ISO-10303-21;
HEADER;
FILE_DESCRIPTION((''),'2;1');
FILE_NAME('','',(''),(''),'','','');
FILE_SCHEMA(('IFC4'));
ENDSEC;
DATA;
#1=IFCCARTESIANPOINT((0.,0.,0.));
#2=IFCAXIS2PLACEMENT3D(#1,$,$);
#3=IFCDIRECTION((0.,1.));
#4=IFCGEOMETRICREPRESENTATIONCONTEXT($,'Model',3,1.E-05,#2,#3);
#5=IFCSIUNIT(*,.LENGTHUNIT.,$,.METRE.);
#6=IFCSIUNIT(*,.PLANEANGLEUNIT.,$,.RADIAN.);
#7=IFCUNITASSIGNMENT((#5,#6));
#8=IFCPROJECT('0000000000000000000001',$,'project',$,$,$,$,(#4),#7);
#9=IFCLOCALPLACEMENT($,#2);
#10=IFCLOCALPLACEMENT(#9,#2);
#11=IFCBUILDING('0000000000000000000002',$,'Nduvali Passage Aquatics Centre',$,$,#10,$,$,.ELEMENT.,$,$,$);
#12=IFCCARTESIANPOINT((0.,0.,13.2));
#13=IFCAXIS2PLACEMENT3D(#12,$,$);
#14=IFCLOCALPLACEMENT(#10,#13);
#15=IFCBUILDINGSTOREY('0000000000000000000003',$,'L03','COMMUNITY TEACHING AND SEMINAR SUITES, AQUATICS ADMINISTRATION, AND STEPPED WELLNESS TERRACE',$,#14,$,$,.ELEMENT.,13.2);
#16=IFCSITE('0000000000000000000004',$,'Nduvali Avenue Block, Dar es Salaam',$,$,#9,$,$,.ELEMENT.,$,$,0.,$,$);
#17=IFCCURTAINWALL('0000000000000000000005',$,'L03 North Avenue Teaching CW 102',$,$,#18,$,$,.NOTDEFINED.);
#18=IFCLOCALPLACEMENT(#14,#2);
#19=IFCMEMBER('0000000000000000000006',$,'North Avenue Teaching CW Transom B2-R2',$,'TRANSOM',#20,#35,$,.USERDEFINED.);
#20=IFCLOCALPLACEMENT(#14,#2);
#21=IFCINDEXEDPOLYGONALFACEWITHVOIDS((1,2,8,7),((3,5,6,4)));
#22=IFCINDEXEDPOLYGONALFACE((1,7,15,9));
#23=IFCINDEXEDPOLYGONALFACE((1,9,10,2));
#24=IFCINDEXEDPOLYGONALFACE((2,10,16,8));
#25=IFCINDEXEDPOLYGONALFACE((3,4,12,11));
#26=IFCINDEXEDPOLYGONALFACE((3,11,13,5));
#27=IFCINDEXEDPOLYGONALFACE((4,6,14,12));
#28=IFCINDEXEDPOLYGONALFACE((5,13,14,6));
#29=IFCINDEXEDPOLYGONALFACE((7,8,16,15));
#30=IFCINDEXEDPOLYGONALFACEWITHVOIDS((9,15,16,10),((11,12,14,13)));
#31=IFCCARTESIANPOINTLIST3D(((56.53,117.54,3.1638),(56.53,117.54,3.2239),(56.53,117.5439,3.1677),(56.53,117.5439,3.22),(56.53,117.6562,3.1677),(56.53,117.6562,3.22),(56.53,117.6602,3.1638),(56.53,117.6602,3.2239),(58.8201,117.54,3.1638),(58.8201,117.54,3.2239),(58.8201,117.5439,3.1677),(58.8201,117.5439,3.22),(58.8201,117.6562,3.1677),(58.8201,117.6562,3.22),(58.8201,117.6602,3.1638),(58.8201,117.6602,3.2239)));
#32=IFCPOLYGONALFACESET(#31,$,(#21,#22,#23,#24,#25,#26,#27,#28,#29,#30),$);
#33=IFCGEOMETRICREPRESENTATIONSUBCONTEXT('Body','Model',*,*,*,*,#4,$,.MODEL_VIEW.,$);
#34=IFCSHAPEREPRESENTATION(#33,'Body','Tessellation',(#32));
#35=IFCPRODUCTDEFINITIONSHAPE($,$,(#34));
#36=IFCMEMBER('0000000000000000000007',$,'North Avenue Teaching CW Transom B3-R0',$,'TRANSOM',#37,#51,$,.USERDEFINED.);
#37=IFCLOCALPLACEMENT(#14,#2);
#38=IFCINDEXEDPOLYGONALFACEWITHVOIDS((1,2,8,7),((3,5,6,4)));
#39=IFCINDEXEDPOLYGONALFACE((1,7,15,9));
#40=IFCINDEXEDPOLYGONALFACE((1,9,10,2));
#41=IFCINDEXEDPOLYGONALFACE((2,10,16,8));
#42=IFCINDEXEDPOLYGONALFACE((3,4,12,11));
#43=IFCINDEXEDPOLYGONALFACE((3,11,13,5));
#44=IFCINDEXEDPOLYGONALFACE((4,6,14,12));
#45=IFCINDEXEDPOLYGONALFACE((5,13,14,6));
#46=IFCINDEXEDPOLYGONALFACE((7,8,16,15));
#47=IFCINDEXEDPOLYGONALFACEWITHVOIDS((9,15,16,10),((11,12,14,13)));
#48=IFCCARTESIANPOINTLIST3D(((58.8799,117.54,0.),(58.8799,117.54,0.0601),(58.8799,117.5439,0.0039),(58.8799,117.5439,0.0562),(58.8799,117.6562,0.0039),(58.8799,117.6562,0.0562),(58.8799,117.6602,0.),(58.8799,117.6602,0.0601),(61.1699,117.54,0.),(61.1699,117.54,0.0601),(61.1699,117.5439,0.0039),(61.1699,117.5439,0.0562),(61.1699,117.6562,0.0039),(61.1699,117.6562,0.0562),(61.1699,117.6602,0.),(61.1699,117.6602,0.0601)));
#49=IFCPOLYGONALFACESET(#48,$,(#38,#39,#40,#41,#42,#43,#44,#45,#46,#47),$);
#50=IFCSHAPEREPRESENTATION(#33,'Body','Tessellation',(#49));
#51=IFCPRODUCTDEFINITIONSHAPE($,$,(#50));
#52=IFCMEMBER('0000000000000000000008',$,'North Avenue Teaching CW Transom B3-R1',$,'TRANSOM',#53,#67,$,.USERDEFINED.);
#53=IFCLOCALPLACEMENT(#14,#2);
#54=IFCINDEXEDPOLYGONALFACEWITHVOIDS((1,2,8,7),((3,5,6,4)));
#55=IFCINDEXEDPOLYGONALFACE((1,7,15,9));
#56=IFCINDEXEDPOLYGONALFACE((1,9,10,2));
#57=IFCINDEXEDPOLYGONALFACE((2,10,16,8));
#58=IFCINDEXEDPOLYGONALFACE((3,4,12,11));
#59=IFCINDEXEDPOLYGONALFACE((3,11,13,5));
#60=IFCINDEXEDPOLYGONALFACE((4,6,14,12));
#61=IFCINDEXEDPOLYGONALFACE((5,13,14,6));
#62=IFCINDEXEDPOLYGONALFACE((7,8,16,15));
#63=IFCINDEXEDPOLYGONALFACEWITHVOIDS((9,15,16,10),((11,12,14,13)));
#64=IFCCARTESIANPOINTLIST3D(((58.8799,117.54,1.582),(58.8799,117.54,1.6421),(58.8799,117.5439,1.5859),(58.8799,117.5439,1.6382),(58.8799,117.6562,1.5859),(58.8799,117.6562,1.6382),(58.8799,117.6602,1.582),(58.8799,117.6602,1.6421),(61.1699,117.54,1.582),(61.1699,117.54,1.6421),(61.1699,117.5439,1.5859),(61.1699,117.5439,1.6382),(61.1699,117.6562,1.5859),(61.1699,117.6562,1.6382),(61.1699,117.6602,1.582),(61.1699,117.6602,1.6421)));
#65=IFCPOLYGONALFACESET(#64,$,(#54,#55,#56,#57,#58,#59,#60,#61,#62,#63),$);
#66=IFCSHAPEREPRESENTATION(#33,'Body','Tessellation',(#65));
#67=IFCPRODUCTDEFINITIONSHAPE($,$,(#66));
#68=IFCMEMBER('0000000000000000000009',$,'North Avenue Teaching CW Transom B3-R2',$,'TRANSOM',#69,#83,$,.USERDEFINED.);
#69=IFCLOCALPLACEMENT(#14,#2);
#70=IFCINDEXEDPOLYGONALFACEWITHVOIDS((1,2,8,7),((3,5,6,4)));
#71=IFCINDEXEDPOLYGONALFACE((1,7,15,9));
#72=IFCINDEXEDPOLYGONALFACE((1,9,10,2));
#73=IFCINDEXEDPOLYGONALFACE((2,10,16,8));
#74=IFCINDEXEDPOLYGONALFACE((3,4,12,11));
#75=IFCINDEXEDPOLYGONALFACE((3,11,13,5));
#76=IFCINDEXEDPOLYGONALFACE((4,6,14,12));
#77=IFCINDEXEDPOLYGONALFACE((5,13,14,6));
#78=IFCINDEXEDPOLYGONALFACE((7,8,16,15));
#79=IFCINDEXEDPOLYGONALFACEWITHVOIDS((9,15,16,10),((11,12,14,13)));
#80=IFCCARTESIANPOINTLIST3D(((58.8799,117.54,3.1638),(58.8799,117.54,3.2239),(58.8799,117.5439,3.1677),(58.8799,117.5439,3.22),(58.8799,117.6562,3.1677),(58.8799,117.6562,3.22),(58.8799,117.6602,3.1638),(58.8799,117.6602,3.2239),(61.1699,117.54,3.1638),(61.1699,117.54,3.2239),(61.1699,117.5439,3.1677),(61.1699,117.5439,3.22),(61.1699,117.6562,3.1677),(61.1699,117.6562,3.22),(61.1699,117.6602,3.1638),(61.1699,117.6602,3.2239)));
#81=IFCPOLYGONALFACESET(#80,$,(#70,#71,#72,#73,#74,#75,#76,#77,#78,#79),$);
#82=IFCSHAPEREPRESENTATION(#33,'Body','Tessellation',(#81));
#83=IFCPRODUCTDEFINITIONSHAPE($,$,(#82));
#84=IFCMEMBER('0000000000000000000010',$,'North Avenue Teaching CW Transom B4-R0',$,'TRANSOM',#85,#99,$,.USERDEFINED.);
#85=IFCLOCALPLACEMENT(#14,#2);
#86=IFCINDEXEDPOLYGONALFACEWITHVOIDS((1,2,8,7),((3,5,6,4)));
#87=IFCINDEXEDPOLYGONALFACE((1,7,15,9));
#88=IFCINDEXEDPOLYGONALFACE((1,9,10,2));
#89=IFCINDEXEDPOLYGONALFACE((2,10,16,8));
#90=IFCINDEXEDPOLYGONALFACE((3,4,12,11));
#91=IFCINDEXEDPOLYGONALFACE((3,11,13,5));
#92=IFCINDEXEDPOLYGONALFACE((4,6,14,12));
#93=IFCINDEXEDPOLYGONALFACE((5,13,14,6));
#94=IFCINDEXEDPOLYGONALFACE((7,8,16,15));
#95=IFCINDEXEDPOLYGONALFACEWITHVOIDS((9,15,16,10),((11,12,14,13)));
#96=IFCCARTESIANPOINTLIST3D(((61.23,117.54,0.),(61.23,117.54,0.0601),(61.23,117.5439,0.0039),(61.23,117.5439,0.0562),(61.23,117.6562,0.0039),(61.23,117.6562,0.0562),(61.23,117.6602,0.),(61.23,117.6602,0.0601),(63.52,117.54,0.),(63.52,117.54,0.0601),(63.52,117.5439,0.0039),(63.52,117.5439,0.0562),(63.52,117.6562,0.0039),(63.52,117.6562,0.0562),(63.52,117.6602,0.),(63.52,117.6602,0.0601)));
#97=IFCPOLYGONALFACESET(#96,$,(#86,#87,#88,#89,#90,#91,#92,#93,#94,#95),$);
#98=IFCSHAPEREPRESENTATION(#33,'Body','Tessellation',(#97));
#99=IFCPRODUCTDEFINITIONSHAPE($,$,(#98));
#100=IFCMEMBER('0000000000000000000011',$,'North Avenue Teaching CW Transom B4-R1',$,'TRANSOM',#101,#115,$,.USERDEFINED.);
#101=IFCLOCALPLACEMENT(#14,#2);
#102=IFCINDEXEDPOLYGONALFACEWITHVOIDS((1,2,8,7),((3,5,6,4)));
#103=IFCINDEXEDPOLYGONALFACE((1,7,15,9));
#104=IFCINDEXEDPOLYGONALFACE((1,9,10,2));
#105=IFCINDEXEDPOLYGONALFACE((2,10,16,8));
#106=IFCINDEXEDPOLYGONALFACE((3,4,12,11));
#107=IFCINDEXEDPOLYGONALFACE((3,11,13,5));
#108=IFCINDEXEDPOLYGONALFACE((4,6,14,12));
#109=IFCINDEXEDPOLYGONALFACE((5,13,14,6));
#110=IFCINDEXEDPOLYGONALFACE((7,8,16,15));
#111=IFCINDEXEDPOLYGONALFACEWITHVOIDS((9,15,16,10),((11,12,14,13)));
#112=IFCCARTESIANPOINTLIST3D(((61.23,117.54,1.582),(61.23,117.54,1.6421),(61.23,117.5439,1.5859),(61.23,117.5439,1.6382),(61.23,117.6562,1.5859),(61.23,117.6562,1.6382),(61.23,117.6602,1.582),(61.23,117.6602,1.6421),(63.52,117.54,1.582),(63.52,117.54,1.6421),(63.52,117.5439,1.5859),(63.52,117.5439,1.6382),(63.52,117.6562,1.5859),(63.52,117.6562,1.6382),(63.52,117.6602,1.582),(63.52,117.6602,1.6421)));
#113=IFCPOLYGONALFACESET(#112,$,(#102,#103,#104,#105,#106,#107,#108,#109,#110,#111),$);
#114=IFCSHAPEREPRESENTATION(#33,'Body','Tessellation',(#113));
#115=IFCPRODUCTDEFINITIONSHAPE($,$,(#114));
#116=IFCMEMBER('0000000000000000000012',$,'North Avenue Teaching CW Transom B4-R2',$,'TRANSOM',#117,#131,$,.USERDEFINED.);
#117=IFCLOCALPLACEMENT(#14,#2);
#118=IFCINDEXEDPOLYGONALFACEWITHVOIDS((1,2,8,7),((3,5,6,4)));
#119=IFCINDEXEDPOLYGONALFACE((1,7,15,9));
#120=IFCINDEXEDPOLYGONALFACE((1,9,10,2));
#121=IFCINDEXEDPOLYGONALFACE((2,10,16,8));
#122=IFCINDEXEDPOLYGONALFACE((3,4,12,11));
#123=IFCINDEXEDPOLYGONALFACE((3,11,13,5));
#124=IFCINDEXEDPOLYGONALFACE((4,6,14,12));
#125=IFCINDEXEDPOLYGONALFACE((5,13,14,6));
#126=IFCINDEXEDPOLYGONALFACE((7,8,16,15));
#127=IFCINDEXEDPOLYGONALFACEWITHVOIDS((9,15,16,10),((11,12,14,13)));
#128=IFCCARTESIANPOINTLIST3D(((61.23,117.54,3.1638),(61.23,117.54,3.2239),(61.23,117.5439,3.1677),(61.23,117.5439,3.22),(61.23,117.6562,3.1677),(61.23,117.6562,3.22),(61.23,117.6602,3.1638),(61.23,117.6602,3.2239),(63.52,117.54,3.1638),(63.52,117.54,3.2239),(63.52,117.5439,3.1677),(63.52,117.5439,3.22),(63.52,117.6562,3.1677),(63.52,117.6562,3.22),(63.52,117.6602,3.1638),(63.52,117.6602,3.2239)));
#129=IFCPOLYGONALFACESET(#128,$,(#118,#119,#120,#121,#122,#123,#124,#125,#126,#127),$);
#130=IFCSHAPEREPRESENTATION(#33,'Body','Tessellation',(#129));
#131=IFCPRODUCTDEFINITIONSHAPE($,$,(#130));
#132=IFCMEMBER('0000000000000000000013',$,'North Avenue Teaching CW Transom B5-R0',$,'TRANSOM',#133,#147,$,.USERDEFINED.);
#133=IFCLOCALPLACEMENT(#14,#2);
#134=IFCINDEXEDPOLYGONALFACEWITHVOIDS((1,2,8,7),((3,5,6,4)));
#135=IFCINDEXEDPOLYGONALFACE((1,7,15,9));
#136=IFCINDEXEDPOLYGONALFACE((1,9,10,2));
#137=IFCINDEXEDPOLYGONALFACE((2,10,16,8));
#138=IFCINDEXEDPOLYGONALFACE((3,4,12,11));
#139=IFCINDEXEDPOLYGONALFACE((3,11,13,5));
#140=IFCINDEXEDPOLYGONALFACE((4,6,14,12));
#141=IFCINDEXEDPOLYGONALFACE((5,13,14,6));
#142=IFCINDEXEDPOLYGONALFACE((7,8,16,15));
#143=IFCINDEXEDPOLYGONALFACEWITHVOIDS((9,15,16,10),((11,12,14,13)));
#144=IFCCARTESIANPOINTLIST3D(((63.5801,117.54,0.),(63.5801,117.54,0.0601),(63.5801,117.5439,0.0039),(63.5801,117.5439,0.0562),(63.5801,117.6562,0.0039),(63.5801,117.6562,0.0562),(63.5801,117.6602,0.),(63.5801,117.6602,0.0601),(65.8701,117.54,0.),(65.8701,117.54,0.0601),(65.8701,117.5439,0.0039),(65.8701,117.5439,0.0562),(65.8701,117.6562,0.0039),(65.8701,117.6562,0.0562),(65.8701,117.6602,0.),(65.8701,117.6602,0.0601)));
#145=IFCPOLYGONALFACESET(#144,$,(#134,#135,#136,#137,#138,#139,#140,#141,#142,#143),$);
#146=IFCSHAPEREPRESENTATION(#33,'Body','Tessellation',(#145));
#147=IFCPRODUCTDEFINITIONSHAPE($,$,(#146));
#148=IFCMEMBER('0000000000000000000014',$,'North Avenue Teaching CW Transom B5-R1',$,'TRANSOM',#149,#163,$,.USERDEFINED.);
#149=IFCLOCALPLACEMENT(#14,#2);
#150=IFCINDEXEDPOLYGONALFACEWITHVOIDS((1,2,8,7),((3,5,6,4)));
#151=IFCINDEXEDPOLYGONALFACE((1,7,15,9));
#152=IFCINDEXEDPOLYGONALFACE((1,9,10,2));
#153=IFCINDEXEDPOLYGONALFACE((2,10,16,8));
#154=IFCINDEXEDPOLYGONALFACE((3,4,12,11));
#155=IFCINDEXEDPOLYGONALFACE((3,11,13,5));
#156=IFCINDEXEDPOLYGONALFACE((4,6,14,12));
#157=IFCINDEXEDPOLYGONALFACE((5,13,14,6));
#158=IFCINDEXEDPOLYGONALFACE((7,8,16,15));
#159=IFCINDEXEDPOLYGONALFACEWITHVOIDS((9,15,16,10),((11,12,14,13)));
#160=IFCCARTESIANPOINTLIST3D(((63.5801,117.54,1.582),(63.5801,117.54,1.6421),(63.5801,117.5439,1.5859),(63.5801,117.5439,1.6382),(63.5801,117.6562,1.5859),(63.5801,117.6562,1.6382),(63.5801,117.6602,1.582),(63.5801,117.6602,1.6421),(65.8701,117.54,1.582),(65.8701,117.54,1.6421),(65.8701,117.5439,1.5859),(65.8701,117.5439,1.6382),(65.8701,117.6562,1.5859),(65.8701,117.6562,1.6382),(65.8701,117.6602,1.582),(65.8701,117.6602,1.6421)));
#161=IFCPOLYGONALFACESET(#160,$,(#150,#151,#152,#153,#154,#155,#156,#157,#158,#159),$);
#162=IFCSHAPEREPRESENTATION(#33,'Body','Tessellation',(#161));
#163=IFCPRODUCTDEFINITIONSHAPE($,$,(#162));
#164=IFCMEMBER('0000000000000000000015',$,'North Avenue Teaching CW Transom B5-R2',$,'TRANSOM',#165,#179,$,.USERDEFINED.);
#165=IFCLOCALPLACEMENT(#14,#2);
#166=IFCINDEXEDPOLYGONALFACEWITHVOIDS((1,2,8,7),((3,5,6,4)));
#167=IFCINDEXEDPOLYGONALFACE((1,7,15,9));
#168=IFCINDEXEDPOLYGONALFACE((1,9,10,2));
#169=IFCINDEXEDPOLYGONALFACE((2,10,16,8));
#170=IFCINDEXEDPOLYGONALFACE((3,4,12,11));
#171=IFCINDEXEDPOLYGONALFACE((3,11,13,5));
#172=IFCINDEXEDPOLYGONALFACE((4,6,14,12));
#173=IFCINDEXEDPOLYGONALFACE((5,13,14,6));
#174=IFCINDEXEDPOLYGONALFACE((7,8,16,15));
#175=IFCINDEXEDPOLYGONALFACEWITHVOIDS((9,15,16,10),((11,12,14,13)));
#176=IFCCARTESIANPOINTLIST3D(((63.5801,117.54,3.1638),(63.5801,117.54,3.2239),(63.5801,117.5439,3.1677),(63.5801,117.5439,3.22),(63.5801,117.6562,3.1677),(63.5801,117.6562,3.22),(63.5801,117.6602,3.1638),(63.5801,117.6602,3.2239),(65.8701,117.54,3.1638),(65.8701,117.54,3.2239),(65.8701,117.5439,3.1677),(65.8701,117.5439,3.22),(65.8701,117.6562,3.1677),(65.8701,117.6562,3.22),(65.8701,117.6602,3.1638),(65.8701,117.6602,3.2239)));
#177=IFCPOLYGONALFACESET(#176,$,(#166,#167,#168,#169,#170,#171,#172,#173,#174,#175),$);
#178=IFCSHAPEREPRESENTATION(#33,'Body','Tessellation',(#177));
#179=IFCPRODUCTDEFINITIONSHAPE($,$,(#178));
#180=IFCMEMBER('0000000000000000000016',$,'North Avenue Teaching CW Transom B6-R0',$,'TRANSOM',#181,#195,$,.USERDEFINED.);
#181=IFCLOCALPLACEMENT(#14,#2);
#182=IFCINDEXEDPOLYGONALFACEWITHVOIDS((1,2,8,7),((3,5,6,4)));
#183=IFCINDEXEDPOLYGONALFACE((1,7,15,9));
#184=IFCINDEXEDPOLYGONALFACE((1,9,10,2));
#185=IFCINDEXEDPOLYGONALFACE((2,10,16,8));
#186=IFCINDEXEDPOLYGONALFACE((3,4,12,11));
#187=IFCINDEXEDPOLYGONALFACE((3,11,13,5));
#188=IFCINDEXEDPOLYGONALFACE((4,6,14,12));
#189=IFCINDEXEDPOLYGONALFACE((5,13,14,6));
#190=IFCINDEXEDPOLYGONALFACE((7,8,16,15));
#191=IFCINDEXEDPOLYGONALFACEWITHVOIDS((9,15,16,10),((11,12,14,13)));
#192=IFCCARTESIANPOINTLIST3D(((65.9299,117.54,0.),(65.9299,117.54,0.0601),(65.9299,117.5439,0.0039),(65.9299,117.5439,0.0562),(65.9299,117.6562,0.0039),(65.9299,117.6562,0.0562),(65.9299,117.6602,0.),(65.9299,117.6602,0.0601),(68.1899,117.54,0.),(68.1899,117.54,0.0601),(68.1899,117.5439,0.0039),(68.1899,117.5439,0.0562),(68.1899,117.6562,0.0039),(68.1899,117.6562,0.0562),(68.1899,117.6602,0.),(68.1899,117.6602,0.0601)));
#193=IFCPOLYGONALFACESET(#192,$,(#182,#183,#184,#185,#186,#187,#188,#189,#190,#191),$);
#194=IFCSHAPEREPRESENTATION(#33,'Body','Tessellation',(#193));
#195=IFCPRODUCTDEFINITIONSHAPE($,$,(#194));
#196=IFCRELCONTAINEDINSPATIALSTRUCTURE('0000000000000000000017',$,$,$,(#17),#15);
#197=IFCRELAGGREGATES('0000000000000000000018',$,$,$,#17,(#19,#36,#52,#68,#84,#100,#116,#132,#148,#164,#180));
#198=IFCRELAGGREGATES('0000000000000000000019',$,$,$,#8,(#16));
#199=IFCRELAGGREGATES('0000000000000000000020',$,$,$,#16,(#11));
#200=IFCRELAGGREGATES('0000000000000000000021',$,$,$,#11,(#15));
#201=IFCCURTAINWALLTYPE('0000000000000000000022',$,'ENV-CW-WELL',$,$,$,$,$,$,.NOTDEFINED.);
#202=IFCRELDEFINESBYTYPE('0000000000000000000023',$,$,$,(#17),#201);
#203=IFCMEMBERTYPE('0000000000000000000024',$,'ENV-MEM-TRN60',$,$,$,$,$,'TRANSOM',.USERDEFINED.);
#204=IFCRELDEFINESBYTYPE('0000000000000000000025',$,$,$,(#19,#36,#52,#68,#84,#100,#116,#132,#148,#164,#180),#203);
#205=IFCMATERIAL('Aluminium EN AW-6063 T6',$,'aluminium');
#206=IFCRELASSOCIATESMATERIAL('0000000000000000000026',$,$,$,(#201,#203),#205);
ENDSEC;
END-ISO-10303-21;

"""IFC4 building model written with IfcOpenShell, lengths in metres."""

from ifc_helpers import new_model, si_unit, direction, frame, origin, origin_2d, place, context, subcontext, project, spatial, hollow_rectangle, extrude, material, material_profile, profile_set, type_object, element, aggregate, save


model = new_model("IFC4")

# Units and contexts
model_context = context("Model", 3, precision=1e-05, world=origin(), true_north=direction((0.0, 1.0)))
body_context = subcontext(model_context, "Body", "Model", "MODEL_VIEW")
ifc_project = project(units=[si_unit("LENGTHUNIT", "METRE"), si_unit("PLANEANGLEUNIT", "RADIAN")], contexts=[model_context])

# Site, building, storey
site_placement = place(None, origin())
site = spatial("IfcSite", under=ifc_project, at=site_placement, Name="Nduvali Avenue Block, Dar es Salaam", CompositionType="ELEMENT", RefElevation=0.0)
building_placement = place(site_placement, origin())
building = spatial("IfcBuilding", under=site, at=building_placement, Name="Nduvali Passage Aquatics Centre", CompositionType="ELEMENT")
storey_placement = place(building_placement, frame((0.0, 0.0, 13.2)))
storey = spatial("IfcBuildingStorey", under=building, at=storey_placement, Name="L03", Description="COMMUNITY TEACHING AND SEMINAR SUITES, AQUATICS ADMINISTRATION, AND STEPPED WELLNESS TERRACE", CompositionType="ELEMENT", Elevation=13.2)

# Curtain wall, members
ifc_material_1 = material(Name="Aluminium EN AW-6063 T6", Category="aluminium")
curtain_wall_type = type_object("IfcCurtainWallType", Name="ENV-CW-WELL", PredefinedType="NOTDEFINED", material=ifc_material_1)
curtain_wall_placement = place(storey_placement, origin())
curtain_wall = element("IfcCurtainWall", 1, at=curtain_wall_placement, inside=storey, type_object=curtain_wall_type, Name="L03 North Avenue Teaching CW 102", PredefinedType="NOTDEFINED")
ifc_material_profile_1 = material_profile(ifc_material_1, hollow_rectangle(XDim=0.1201, YDim=0.0601, WallThickness=0.0039, at=origin_2d()), Name="ALU TRANSOM 120x60x4")
ifc_profile_set_1 = profile_set([ifc_material_profile_1], Name="Aluminium EN AW-6063 T6")
member_type_1 = type_object("IfcMemberType", Name="ENV-MEM-TRN60", ElementType="TRANSOM", PredefinedType="USERDEFINED", material=ifc_profile_set_1)
member_1_placement = place(storey_placement, frame((56.53, 117.6001, 3.1938), z_axis=(1.0, 0.0, 0.0), x_axis=(0.0, 1.0, 0.0)))
member_1 = element("IfcMember", 2, at=member_1_placement, type_object=member_type_1, Name="North Avenue Teaching CW Transom B2-R2", ObjectType="TRANSOM", PredefinedType="USERDEFINED", context=body_context, shape_type="SweptSolid", body=[
    extrude(hollow_rectangle(XDim=0.1201, YDim=0.0601, WallThickness=0.0039, at=origin_2d()), origin(), (0.0, 0.0, 1.0), 2.29),
])
member_2_placement = place(storey_placement, frame((58.8799, 117.6001, 0.03), z_axis=(1.0, 0.0, 0.0), x_axis=(0.0, 1.0, 0.0)))
member_2 = element("IfcMember", 3, at=member_2_placement, type_object=member_type_1, Name="North Avenue Teaching CW Transom B3-R0", ObjectType="TRANSOM", PredefinedType="USERDEFINED", context=body_context, shape_type="SweptSolid", body=[
    extrude(hollow_rectangle(XDim=0.1201, YDim=0.0601, WallThickness=0.0039, at=origin_2d()), origin(), (0.0, 0.0, 1.0), 2.29),
])
member_3_placement = place(storey_placement, frame((58.8799, 117.6001, 1.6121), z_axis=(1.0, 0.0, 0.0), x_axis=(0.0, 1.0, 0.0)))
member_3 = element("IfcMember", 4, at=member_3_placement, type_object=member_type_1, Name="North Avenue Teaching CW Transom B3-R1", ObjectType="TRANSOM", PredefinedType="USERDEFINED", context=body_context, shape_type="SweptSolid", body=[
    extrude(hollow_rectangle(XDim=0.1201, YDim=0.0601, WallThickness=0.0039, at=origin_2d()), origin(), (0.0, 0.0, 1.0), 2.29),
])
member_4_placement = place(storey_placement, frame((58.8799, 117.6001, 3.1938), z_axis=(1.0, 0.0, 0.0), x_axis=(0.0, 1.0, 0.0)))
member_4 = element("IfcMember", 5, at=member_4_placement, type_object=member_type_1, Name="North Avenue Teaching CW Transom B3-R2", ObjectType="TRANSOM", PredefinedType="USERDEFINED", context=body_context, shape_type="SweptSolid", body=[
    extrude(hollow_rectangle(XDim=0.1201, YDim=0.0601, WallThickness=0.0039, at=origin_2d()), origin(), (0.0, 0.0, 1.0), 2.29),
])
member_5_placement = place(storey_placement, frame((61.23, 117.6001, 0.03), z_axis=(1.0, 0.0, 0.0), x_axis=(0.0, 1.0, 0.0)))
member_5 = element("IfcMember", 6, at=member_5_placement, type_object=member_type_1, Name="North Avenue Teaching CW Transom B4-R0", ObjectType="TRANSOM", PredefinedType="USERDEFINED", context=body_context, shape_type="SweptSolid", body=[
    extrude(hollow_rectangle(XDim=0.1201, YDim=0.0601, WallThickness=0.0039, at=origin_2d()), origin(), (0.0, 0.0, 1.0), 2.29),
])
member_6_placement = place(storey_placement, frame((61.23, 117.6001, 1.6121), z_axis=(1.0, 0.0, 0.0), x_axis=(0.0, 1.0, 0.0)))
member_6 = element("IfcMember", 7, at=member_6_placement, type_object=member_type_1, Name="North Avenue Teaching CW Transom B4-R1", ObjectType="TRANSOM", PredefinedType="USERDEFINED", context=body_context, shape_type="SweptSolid", body=[
    extrude(hollow_rectangle(XDim=0.1201, YDim=0.0601, WallThickness=0.0039, at=origin_2d()), origin(), (0.0, 0.0, 1.0), 2.29),
])
member_7_placement = place(storey_placement, frame((61.23, 117.6001, 3.1938), z_axis=(1.0, 0.0, 0.0), x_axis=(0.0, 1.0, 0.0)))
member_7 = element("IfcMember", 8, at=member_7_placement, type_object=member_type_1, Name="North Avenue Teaching CW Transom B4-R2", ObjectType="TRANSOM", PredefinedType="USERDEFINED", context=body_context, shape_type="SweptSolid", body=[
    extrude(hollow_rectangle(XDim=0.1201, YDim=0.0601, WallThickness=0.0039, at=origin_2d()), origin(), (0.0, 0.0, 1.0), 2.29),
])
member_8_placement = place(storey_placement, frame((63.5801, 117.6001, 0.03), z_axis=(1.0, 0.0, 0.0), x_axis=(0.0, 1.0, 0.0)))
member_8 = element("IfcMember", 9, at=member_8_placement, type_object=member_type_1, Name="North Avenue Teaching CW Transom B5-R0", ObjectType="TRANSOM", PredefinedType="USERDEFINED", context=body_context, shape_type="SweptSolid", body=[
    extrude(hollow_rectangle(XDim=0.1201, YDim=0.0601, WallThickness=0.0039, at=origin_2d()), origin(), (0.0, 0.0, 1.0), 2.29),
])
member_9_placement = place(storey_placement, frame((63.5801, 117.6001, 1.6121), z_axis=(1.0, 0.0, 0.0), x_axis=(0.0, 1.0, 0.0)))
member_9 = element("IfcMember", 10, at=member_9_placement, type_object=member_type_1, Name="North Avenue Teaching CW Transom B5-R1", ObjectType="TRANSOM", PredefinedType="USERDEFINED", context=body_context, shape_type="SweptSolid", body=[
    extrude(hollow_rectangle(XDim=0.1201, YDim=0.0601, WallThickness=0.0039, at=origin_2d()), origin(), (0.0, 0.0, 1.0), 2.29),
])
member_10_placement = place(storey_placement, frame((63.5801, 117.6001, 3.1938), z_axis=(1.0, 0.0, 0.0), x_axis=(0.0, 1.0, 0.0)))
member_10 = element("IfcMember", 11, at=member_10_placement, type_object=member_type_1, Name="North Avenue Teaching CW Transom B5-R2", ObjectType="TRANSOM", PredefinedType="USERDEFINED", context=body_context, shape_type="SweptSolid", body=[
    extrude(hollow_rectangle(XDim=0.1201, YDim=0.0601, WallThickness=0.0039, at=origin_2d()), origin(), (0.0, 0.0, 1.0), 2.29),
])
member_11_placement = place(storey_placement, frame((65.9299, 117.6001, 0.03), z_axis=(1.0, 0.0, 0.0), x_axis=(0.0, 1.0, 0.0)))
member_11 = element("IfcMember", 12, at=member_11_placement, type_object=member_type_1, Name="North Avenue Teaching CW Transom B6-R0", ObjectType="TRANSOM", PredefinedType="USERDEFINED", context=body_context, shape_type="SweptSolid", body=[
    extrude(hollow_rectangle(XDim=0.1201, YDim=0.0601, WallThickness=0.0039, at=origin_2d()), origin(), (0.0, 0.0, 1.0), 2.26),
])
aggregate(curtain_wall, [member_1, member_2, member_3, member_4, member_5, member_6, member_7, member_8, member_9, member_10, member_11])

save(model, "model.ifc")
